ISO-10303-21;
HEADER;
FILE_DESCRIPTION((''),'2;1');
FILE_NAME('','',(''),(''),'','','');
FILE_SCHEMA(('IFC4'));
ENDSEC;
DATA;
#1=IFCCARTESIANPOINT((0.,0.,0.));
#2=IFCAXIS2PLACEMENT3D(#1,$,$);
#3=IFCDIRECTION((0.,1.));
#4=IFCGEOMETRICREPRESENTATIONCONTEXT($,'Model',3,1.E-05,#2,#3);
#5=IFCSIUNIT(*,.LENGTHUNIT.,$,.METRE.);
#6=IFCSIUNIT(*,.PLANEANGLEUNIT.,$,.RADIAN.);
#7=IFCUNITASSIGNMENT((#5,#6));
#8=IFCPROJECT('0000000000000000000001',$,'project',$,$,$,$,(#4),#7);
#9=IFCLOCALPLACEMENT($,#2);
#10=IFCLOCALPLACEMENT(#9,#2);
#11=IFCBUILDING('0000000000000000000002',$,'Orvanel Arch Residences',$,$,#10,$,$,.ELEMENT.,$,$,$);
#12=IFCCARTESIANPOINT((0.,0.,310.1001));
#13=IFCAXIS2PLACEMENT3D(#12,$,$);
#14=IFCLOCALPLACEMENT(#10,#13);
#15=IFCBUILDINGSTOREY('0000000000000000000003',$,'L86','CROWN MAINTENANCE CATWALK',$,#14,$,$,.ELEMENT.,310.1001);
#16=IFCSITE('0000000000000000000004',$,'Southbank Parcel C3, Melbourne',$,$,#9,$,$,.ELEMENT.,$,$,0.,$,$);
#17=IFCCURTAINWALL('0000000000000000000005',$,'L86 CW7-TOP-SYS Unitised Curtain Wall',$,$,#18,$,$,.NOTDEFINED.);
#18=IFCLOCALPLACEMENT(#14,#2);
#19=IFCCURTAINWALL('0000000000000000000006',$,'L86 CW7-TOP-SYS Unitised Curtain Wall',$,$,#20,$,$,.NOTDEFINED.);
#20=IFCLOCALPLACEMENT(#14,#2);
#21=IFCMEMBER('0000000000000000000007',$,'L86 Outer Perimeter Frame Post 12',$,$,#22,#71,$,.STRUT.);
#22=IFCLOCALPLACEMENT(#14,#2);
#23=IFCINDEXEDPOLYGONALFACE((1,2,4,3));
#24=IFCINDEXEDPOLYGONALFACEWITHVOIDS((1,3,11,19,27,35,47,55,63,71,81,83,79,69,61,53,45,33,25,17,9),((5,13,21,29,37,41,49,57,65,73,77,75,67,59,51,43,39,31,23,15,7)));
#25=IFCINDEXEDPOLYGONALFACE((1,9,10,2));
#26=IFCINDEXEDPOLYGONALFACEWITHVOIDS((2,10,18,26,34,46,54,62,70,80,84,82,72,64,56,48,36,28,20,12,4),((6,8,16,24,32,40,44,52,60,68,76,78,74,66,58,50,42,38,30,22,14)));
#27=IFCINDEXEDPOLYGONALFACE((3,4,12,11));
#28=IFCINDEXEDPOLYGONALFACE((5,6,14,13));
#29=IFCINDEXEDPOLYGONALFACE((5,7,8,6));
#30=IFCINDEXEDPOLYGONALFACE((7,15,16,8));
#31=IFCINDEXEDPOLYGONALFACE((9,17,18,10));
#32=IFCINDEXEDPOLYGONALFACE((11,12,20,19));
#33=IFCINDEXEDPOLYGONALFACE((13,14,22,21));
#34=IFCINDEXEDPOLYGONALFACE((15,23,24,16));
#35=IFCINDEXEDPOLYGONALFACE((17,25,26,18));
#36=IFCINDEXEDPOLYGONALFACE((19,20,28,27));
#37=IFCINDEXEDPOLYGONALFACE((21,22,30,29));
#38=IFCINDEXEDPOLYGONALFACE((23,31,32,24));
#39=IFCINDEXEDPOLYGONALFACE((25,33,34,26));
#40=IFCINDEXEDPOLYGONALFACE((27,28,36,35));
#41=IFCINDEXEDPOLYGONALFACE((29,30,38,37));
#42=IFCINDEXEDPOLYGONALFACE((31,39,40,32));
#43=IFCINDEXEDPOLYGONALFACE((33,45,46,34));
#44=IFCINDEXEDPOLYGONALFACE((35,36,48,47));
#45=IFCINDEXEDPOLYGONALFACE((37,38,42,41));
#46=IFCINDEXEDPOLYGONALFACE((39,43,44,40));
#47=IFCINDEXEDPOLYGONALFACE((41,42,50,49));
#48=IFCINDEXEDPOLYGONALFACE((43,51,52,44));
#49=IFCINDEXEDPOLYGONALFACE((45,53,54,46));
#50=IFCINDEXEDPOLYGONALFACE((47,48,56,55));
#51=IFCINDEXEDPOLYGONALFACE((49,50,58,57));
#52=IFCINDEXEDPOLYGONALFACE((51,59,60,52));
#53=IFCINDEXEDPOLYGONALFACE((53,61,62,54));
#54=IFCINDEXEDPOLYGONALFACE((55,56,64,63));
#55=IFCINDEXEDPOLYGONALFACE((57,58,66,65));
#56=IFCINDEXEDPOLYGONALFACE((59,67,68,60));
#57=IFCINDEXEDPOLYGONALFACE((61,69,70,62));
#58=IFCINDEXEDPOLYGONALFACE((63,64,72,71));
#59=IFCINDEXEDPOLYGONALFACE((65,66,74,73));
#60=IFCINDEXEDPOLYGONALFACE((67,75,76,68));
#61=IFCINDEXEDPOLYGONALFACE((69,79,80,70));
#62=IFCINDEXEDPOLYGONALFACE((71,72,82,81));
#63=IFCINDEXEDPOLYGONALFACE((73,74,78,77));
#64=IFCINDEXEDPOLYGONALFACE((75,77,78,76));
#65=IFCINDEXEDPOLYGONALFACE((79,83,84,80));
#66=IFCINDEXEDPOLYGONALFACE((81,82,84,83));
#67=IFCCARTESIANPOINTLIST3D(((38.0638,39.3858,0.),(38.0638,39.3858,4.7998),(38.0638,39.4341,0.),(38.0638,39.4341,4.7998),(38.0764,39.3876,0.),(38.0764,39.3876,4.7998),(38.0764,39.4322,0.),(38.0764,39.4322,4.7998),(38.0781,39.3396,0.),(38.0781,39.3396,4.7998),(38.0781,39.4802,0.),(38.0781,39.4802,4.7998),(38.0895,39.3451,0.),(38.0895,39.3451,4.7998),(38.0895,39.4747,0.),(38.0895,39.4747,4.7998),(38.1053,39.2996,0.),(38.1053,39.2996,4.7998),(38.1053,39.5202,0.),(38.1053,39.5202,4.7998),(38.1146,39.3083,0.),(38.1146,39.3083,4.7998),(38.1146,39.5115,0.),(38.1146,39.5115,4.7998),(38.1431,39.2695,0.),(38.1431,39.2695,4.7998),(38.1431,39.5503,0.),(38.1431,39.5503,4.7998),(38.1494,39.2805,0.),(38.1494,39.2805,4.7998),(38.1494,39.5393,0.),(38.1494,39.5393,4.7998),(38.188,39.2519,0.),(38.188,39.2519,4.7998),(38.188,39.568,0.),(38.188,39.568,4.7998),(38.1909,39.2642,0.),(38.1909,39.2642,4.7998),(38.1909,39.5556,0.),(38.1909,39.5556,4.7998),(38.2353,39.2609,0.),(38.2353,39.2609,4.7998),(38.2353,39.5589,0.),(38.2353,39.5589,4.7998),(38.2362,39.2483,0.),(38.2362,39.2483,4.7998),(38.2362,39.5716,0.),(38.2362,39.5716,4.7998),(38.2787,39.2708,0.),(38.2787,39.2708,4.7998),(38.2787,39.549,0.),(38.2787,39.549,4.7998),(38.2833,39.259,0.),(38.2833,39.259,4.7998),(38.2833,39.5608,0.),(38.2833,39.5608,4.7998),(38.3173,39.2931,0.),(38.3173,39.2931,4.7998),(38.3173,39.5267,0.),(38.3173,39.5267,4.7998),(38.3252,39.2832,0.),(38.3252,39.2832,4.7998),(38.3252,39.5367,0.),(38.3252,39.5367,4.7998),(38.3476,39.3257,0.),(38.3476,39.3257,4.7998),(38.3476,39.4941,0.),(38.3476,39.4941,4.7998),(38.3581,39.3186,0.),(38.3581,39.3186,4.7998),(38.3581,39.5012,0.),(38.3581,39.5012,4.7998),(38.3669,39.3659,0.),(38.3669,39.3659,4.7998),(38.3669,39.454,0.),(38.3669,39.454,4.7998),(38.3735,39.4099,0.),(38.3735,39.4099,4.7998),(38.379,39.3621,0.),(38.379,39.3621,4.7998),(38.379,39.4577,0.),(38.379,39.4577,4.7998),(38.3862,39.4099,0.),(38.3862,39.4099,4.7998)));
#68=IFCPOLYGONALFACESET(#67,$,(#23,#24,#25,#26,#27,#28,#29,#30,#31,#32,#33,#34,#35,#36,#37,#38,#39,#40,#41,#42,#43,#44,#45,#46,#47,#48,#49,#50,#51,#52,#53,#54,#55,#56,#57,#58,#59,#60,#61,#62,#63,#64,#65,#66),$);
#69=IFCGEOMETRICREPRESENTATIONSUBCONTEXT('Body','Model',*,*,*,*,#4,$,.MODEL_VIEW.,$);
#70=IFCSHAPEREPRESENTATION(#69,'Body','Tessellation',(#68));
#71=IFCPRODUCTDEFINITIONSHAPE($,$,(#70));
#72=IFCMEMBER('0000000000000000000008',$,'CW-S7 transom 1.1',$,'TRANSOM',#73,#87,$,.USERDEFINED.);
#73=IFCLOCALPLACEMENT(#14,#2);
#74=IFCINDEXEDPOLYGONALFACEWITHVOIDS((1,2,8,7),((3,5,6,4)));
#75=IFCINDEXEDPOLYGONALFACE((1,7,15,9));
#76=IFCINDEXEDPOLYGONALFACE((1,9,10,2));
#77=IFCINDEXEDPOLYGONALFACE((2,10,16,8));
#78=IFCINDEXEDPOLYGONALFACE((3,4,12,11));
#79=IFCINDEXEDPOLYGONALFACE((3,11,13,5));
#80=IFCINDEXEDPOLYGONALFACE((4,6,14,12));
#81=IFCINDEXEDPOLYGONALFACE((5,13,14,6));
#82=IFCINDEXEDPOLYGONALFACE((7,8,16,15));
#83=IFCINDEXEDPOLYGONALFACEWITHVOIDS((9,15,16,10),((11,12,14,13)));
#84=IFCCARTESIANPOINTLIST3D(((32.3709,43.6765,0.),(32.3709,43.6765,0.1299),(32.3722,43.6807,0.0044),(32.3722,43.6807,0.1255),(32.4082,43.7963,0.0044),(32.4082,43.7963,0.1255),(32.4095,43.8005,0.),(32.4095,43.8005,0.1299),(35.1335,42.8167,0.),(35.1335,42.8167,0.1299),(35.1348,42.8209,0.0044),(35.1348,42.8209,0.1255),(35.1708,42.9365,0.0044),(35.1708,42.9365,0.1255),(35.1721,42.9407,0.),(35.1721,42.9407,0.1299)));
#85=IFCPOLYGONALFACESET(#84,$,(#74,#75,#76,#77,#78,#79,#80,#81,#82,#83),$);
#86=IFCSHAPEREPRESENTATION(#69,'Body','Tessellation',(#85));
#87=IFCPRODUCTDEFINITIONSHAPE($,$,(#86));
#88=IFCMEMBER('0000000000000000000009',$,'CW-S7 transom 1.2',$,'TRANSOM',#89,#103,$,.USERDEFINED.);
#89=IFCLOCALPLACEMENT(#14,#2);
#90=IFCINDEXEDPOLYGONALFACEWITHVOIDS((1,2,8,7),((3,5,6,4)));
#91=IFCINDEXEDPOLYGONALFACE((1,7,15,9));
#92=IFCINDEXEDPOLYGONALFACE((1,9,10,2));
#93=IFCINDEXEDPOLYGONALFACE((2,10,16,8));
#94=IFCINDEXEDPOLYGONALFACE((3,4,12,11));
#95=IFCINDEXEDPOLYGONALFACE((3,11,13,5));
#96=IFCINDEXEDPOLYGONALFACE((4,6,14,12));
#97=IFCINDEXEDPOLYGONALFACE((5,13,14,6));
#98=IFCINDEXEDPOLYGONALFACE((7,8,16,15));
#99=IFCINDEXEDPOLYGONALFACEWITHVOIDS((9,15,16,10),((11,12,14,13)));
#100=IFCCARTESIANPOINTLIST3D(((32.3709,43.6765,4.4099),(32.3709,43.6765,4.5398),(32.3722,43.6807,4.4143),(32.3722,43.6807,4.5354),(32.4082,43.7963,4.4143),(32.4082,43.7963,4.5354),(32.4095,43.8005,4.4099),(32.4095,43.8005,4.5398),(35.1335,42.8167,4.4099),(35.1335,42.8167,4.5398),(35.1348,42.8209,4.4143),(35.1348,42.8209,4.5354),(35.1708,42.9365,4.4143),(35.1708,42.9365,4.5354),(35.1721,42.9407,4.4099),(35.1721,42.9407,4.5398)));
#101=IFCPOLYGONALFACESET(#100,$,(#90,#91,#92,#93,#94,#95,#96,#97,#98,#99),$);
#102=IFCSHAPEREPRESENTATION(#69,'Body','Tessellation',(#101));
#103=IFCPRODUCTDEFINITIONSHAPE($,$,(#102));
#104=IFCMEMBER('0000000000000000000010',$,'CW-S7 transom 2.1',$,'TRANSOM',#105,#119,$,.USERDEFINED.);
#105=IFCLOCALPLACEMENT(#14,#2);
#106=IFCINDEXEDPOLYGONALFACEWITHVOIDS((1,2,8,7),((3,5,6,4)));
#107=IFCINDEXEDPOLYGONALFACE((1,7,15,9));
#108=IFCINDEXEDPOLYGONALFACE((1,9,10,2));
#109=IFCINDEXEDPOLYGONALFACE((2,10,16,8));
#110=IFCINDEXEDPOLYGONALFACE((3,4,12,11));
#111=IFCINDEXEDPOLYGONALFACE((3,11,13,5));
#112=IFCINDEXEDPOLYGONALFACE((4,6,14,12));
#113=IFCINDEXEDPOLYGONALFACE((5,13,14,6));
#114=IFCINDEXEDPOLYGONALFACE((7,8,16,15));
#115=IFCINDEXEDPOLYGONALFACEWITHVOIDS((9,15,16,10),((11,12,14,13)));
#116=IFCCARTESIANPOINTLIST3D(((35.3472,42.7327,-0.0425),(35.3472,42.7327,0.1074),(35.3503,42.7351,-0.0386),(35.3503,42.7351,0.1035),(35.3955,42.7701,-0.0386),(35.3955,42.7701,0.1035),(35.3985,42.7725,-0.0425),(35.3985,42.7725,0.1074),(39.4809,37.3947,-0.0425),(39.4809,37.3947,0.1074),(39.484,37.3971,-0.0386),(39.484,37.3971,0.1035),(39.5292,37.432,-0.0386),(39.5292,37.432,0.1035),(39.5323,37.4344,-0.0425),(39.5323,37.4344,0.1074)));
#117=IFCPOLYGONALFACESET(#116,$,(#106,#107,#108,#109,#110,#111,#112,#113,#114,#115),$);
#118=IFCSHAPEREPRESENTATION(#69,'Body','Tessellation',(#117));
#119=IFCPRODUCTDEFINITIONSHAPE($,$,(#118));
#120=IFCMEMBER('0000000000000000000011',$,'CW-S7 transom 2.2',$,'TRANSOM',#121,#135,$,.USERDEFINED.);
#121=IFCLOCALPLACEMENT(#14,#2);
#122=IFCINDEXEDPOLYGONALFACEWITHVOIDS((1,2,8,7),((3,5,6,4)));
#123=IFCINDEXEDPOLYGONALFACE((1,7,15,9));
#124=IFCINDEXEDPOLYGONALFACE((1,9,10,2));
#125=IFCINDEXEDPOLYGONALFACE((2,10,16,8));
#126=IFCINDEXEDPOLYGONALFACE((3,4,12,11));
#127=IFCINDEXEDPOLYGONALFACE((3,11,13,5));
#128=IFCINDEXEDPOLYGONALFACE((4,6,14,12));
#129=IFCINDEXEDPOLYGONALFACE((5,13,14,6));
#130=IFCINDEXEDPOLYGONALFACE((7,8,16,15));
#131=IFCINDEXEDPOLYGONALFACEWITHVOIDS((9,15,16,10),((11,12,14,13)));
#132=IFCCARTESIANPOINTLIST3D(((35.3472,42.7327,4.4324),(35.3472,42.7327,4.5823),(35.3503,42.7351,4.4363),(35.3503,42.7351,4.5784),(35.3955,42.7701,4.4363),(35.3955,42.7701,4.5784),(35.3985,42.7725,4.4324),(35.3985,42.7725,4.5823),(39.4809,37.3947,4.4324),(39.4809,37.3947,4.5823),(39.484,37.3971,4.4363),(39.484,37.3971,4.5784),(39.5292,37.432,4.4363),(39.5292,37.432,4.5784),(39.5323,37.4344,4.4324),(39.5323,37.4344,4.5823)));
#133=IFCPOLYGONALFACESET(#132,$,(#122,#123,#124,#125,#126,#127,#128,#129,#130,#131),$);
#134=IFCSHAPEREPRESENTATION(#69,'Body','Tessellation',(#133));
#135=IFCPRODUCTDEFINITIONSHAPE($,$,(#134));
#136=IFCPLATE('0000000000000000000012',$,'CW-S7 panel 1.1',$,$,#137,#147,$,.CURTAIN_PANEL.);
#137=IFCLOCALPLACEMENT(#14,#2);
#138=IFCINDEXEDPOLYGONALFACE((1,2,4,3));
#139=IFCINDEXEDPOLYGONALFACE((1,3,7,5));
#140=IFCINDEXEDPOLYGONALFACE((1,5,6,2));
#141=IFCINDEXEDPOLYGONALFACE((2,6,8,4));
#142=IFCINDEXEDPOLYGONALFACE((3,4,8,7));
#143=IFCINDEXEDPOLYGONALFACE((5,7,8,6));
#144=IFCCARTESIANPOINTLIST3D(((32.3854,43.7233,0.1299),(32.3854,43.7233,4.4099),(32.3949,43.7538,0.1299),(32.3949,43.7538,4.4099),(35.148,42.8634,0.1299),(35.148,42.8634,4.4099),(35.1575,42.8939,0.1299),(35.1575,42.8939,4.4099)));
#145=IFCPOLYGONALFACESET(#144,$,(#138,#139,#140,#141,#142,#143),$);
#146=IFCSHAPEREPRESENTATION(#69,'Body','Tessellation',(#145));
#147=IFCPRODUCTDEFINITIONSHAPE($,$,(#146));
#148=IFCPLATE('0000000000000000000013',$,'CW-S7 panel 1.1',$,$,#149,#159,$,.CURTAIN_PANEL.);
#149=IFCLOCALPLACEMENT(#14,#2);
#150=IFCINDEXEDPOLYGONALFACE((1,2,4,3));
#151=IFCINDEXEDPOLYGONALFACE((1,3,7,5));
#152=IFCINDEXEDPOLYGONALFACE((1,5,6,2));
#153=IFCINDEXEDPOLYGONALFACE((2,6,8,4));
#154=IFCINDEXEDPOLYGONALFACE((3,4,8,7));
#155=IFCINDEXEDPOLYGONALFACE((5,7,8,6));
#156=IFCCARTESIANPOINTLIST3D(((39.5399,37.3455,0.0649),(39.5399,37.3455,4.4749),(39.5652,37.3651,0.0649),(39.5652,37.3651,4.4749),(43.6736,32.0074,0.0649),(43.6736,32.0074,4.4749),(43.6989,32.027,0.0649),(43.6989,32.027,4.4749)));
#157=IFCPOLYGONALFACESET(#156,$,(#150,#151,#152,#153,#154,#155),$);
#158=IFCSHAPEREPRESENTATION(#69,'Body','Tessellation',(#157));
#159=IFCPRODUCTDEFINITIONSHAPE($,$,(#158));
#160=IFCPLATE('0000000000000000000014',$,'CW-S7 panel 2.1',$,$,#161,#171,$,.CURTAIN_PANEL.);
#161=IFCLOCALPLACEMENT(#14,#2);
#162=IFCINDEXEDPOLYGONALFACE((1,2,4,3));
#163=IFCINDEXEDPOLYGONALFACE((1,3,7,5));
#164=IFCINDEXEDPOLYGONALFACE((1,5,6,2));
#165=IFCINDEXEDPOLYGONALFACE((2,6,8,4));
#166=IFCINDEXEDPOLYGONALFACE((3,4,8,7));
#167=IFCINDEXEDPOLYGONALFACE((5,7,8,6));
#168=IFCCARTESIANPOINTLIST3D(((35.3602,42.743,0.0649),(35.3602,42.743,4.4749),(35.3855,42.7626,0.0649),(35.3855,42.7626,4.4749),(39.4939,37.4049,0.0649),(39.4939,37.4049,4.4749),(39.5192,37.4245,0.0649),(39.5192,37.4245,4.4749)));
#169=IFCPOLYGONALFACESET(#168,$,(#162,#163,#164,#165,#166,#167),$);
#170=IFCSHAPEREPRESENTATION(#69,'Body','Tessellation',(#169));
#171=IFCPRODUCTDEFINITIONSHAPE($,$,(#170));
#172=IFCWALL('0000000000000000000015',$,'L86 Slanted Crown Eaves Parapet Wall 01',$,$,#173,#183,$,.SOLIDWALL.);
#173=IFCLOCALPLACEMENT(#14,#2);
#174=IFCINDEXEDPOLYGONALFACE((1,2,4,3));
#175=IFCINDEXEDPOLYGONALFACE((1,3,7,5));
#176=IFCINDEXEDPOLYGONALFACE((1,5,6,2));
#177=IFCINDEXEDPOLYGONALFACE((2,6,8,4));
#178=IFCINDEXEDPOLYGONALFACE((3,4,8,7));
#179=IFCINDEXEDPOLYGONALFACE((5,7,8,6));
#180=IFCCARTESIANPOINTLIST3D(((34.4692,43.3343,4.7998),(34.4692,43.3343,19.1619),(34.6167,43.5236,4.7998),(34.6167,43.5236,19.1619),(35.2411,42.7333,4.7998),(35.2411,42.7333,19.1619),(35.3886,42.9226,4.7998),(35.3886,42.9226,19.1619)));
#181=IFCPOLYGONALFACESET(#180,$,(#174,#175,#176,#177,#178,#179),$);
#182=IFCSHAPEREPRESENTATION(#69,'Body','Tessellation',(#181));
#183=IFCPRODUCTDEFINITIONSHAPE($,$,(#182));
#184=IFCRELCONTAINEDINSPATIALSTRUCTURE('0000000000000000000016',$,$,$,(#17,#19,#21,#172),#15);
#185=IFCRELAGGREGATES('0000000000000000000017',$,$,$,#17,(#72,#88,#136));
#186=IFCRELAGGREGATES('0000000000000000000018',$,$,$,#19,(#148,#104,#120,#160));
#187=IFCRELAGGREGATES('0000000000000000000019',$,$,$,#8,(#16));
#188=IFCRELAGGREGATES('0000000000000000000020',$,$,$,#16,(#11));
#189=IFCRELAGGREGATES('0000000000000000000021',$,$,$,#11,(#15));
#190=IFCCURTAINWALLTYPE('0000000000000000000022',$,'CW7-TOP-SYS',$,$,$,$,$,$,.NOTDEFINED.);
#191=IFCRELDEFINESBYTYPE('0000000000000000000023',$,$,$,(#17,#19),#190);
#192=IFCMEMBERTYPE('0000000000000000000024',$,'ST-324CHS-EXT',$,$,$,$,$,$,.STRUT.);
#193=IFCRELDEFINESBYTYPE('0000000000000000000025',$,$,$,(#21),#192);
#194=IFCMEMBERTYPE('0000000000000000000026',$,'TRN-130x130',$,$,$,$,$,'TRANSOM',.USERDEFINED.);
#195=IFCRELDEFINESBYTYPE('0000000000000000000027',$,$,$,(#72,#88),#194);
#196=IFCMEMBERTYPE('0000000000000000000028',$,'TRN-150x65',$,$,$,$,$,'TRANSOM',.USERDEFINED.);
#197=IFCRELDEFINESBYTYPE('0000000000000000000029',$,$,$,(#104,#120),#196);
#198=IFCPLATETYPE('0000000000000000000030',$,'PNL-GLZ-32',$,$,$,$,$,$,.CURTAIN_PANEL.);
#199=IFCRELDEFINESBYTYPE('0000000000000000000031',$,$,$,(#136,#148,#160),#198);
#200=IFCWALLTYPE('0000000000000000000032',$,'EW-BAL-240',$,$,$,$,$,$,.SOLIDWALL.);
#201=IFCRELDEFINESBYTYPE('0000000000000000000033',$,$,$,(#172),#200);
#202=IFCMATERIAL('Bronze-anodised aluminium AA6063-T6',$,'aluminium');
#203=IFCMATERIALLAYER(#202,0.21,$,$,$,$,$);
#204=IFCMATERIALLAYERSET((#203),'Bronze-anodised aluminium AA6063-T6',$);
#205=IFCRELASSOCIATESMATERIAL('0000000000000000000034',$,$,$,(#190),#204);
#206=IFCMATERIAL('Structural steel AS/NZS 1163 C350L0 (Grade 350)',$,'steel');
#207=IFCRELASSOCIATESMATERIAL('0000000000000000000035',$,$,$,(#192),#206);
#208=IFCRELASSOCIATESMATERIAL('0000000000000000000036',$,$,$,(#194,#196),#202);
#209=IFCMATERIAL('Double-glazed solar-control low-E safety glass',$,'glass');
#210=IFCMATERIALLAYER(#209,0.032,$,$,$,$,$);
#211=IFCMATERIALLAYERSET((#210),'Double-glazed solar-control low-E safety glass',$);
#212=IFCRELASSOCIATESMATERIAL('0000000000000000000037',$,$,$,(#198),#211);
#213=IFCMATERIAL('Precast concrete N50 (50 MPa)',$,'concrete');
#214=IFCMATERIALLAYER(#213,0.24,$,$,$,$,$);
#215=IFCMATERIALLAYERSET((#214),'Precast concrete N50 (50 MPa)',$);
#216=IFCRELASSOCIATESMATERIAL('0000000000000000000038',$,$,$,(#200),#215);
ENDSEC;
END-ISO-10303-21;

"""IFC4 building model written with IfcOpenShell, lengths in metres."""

from ifc_helpers import new_model, si_unit, direction, frame, frame_2d, origin, origin_2d, place, context, subcontext, project, spatial, rectangle, hollow_rectangle, hollow_circle, extrude, material, layer, layer_set, material_profile, profile_set, type_object, element, aggregate, save


model = new_model("IFC4")

# Units and contexts
model_context = context("Model", 3, precision=1e-05, world=origin(), true_north=direction((0.0, 1.0)))
body_context = subcontext(model_context, "Body", "Model", "MODEL_VIEW")
ifc_project = project(units=[si_unit("LENGTHUNIT", "METRE"), si_unit("PLANEANGLEUNIT", "RADIAN")], contexts=[model_context])

# Site, building, storey
site_placement = place(None, origin())
site = spatial("IfcSite", under=ifc_project, at=site_placement, Name="Southbank Parcel C3, Melbourne", CompositionType="ELEMENT", RefElevation=0.0)
building_placement = place(site_placement, origin())
building = spatial("IfcBuilding", under=site, at=building_placement, Name="Orvanel Arch Residences", CompositionType="ELEMENT")
storey_placement = place(building_placement, frame((0.0, 0.0, 310.1001)))
storey = spatial("IfcBuildingStorey", under=building, at=storey_placement, Name="L86", Description="CROWN MAINTENANCE CATWALK", CompositionType="ELEMENT", Elevation=310.1001)

# Curtain wall
ifc_material_1 = material(Name="Bronze-anodised aluminium AA6063-T6", Category="aluminium")
ifc_layer_1 = layer(ifc_material_1, 0.21)
ifc_layer_set_1 = layer_set([ifc_layer_1], Name="Bronze-anodised aluminium AA6063-T6")
curtain_wall_type = type_object("IfcCurtainWallType", Name="CW7-TOP-SYS", PredefinedType="NOTDEFINED", material=ifc_layer_set_1)
curtain_wall_1_placement = place(storey_placement, origin())
curtain_wall_1 = element("IfcCurtainWall", 1, at=curtain_wall_1_placement, inside=storey, type_object=curtain_wall_type, Name="L86 CW7-TOP-SYS Unitised Curtain Wall", PredefinedType="NOTDEFINED")

# Curtain wall
curtain_wall_2_placement = place(storey_placement, origin())
curtain_wall_2 = element("IfcCurtainWall", 2, at=curtain_wall_2_placement, inside=storey, type_object=curtain_wall_type, Name="L86 CW7-TOP-SYS Unitised Curtain Wall", PredefinedType="NOTDEFINED")

# Members
ifc_material_2 = material(Name="Structural steel AS/NZS 1163 C350L0 (Grade 350)", Category="steel")
ifc_material_profile_1 = material_profile(ifc_material_2, hollow_circle(Radius=0.1621, WallThickness=0.0127, at=origin_2d()), Name="CHS324x12.7")
ifc_profile_set_1 = profile_set([ifc_material_profile_1], Name="Structural steel AS/NZS 1163 C350L0 (Grade 350)")
member_type_1 = type_object("IfcMemberType", Name="ST-324CHS-EXT", PredefinedType="STRUT", material=ifc_profile_set_1)
member_1_placement = place(storey_placement, frame((38.2241, 39.4099, 0.0), z_axis=(0.0, 0.0, 1.0), x_axis=(1.0, 0.0, 0.0)))
element("IfcMember", 3, at=member_1_placement, inside=storey, type_object=member_type_1, Name="L86 Outer Perimeter Frame Post 12", PredefinedType="STRUT", context=body_context, shape_type="SweptSolid", body=[
    extrude(hollow_circle(Radius=0.1621, WallThickness=0.0127, at=origin_2d()), origin(), (0.0, 0.0, 1.0), 4.7998),
])
ifc_material_profile_2 = material_profile(ifc_material_1, hollow_rectangle(XDim=0.1299, YDim=0.1299, WallThickness=0.0044, at=origin_2d()), Name="ALU130x130x4.5")
ifc_profile_set_2 = profile_set([ifc_material_profile_2], Name="Bronze-anodised aluminium AA6063-T6")
member_type_2 = type_object("IfcMemberType", Name="TRN-130x130", ElementType="TRANSOM", PredefinedType="USERDEFINED", material=ifc_profile_set_2)
member_2_placement = place(storey_placement, frame((35.1528, 42.8787, 0.0649), z_axis=(-0.954822, 0.297179, 0.0), x_axis=(-0.297179, -0.954822, 0.0)))
member_2 = element("IfcMember", 4, at=member_2_placement, type_object=member_type_2, Name="CW-S7 transom 1.1", ObjectType="TRANSOM", PredefinedType="USERDEFINED", context=body_context, shape_type="SweptSolid", body=[
    extrude(hollow_rectangle(XDim=0.1299, YDim=0.1299, WallThickness=0.0044, at=origin_2d()), origin(), (0.0, 0.0, 1.0), 2.8933),
])
member_3_placement = place(storey_placement, frame((35.1528, 42.8787, 4.4749), z_axis=(-0.954822, 0.297179, 0.0), x_axis=(-0.297179, -0.954822, 0.0)))
member_3 = element("IfcMember", 5, at=member_3_placement, type_object=member_type_2, Name="CW-S7 transom 1.2", ObjectType="TRANSOM", PredefinedType="USERDEFINED", context=body_context, shape_type="SweptSolid", body=[
    extrude(hollow_rectangle(XDim=0.1299, YDim=0.1299, WallThickness=0.0044, at=origin_2d()), origin(), (0.0, 0.0, 1.0), 2.8933),
])
ifc_material_profile_3 = material_profile(ifc_material_1, hollow_rectangle(XDim=0.0649, YDim=0.1499, WallThickness=0.0039, at=origin_2d()), Name="ALU150x65x4")
ifc_profile_set_3 = profile_set([ifc_material_profile_3], Name="Bronze-anodised aluminium AA6063-T6")
member_type_3 = type_object("IfcMemberType", Name="TRN-150x65", ElementType="TRANSOM", PredefinedType="USERDEFINED", material=ifc_profile_set_3)
member_4_placement = place(storey_placement, frame((39.5066, 37.4146, 0.0325), z_axis=(-0.612269, 0.790649, 0.0), x_axis=(-0.790649, -0.612269, 0.0)))
member_4 = element("IfcMember", 6, at=member_4_placement, type_object=member_type_3, Name="CW-S7 transom 2.1", ObjectType="TRANSOM", PredefinedType="USERDEFINED", context=body_context, shape_type="SweptSolid", body=[
    extrude(hollow_rectangle(XDim=0.0649, YDim=0.1499, WallThickness=0.0039, at=origin_2d()), origin(), (0.0, 0.0, 1.0), 6.7515),
])
member_5_placement = place(storey_placement, frame((39.5066, 37.4146, 4.5073), z_axis=(-0.612269, 0.790649, 0.0), x_axis=(-0.790649, -0.612269, 0.0)))
member_5 = element("IfcMember", 7, at=member_5_placement, type_object=member_type_3, Name="CW-S7 transom 2.2", ObjectType="TRANSOM", PredefinedType="USERDEFINED", context=body_context, shape_type="SweptSolid", body=[
    extrude(hollow_rectangle(XDim=0.0649, YDim=0.1499, WallThickness=0.0039, at=origin_2d()), origin(), (0.0, 0.0, 1.0), 6.7515),
])

# Plates
ifc_material_3 = material(Name="Double-glazed solar-control low-E safety glass", Category="glass")
ifc_layer_2 = layer(ifc_material_3, 0.032)
ifc_layer_set_2 = layer_set([ifc_layer_2], Name="Double-glazed solar-control low-E safety glass")
plate_type = type_object("IfcPlateType", Name="PNL-GLZ-32", PredefinedType="CURTAIN_PANEL", material=ifc_layer_set_2)
plate_1_placement = place(storey_placement, frame((33.7715, 43.3086, 0.1299), z_axis=(0.0, 0.0, 1.0), x_axis=(-0.954819, 0.297187, 0.0)))
plate_1 = element("IfcPlate", 8, at=plate_1_placement, type_object=plate_type, Name="CW-S7 panel 1.1", PredefinedType="CURTAIN_PANEL", context=body_context, shape_type="SweptSolid", body=[
    extrude(rectangle(XDim=2.8933, YDim=0.032, at=origin_2d()), origin(), (0.0, 0.0, 1.0), 4.28),
])
aggregate(curtain_wall_1, [member_2, member_3, plate_1])
plate_2_placement = place(storey_placement, frame((41.6194, 34.6863, 0.0649), z_axis=(0.0, 0.0, 1.0), x_axis=(-0.61226, 0.790657, 0.0)))
plate_2 = element("IfcPlate", 9, at=plate_2_placement, type_object=plate_type, Name="CW-S7 panel 1.1", PredefinedType="CURTAIN_PANEL", context=body_context, shape_type="SweptSolid", body=[
    extrude(rectangle(XDim=6.7515, YDim=0.032, at=origin_2d()), origin(), (0.0, 0.0, 1.0), 4.4099),
])
plate_3_placement = place(storey_placement, frame((37.4397, 40.0837, 0.0649), z_axis=(0.0, 0.0, 1.0), x_axis=(-0.61226, 0.790657, 0.0)))
plate_3 = element("IfcPlate", 10, at=plate_3_placement, type_object=plate_type, Name="CW-S7 panel 2.1", PredefinedType="CURTAIN_PANEL", context=body_context, shape_type="SweptSolid", body=[
    extrude(rectangle(XDim=6.7515, YDim=0.032, at=origin_2d()), origin(), (0.0, 0.0, 1.0), 4.4099),
])
aggregate(curtain_wall_2, [plate_2, member_4, member_5, plate_3])

# Wall
ifc_material_4 = material(Name="Precast concrete N50 (50 MPa)", Category="concrete")
ifc_layer_3 = layer(ifc_material_4, 0.24)
ifc_layer_set_3 = layer_set([ifc_layer_3], Name="Precast concrete N50 (50 MPa)")
wall_type_1 = type_object("IfcWallType", Name="EW-BAL-240", PredefinedType="SOLIDWALL", material=ifc_layer_set_3)
wall_1_placement = place(storey_placement, frame((35.3149, 42.8279, 4.7998), z_axis=(0.0, 0.0, 1.0), x_axis=(-0.78903, 0.614355, 0.0)))
element("IfcWall", 11, at=wall_1_placement, inside=storey, type_object=wall_type_1, Name="L86 Slanted Crown Eaves Parapet Wall 01", PredefinedType="SOLIDWALL", context=body_context, shape_type="SweptSolid", body=[
    extrude(rectangle(XDim=0.9783, YDim=0.24, at=frame_2d((0.4893, 0.0))), origin(), (0.0, 0.0, 1.0), 14.3621),
])

save(model, "model.ifc")
